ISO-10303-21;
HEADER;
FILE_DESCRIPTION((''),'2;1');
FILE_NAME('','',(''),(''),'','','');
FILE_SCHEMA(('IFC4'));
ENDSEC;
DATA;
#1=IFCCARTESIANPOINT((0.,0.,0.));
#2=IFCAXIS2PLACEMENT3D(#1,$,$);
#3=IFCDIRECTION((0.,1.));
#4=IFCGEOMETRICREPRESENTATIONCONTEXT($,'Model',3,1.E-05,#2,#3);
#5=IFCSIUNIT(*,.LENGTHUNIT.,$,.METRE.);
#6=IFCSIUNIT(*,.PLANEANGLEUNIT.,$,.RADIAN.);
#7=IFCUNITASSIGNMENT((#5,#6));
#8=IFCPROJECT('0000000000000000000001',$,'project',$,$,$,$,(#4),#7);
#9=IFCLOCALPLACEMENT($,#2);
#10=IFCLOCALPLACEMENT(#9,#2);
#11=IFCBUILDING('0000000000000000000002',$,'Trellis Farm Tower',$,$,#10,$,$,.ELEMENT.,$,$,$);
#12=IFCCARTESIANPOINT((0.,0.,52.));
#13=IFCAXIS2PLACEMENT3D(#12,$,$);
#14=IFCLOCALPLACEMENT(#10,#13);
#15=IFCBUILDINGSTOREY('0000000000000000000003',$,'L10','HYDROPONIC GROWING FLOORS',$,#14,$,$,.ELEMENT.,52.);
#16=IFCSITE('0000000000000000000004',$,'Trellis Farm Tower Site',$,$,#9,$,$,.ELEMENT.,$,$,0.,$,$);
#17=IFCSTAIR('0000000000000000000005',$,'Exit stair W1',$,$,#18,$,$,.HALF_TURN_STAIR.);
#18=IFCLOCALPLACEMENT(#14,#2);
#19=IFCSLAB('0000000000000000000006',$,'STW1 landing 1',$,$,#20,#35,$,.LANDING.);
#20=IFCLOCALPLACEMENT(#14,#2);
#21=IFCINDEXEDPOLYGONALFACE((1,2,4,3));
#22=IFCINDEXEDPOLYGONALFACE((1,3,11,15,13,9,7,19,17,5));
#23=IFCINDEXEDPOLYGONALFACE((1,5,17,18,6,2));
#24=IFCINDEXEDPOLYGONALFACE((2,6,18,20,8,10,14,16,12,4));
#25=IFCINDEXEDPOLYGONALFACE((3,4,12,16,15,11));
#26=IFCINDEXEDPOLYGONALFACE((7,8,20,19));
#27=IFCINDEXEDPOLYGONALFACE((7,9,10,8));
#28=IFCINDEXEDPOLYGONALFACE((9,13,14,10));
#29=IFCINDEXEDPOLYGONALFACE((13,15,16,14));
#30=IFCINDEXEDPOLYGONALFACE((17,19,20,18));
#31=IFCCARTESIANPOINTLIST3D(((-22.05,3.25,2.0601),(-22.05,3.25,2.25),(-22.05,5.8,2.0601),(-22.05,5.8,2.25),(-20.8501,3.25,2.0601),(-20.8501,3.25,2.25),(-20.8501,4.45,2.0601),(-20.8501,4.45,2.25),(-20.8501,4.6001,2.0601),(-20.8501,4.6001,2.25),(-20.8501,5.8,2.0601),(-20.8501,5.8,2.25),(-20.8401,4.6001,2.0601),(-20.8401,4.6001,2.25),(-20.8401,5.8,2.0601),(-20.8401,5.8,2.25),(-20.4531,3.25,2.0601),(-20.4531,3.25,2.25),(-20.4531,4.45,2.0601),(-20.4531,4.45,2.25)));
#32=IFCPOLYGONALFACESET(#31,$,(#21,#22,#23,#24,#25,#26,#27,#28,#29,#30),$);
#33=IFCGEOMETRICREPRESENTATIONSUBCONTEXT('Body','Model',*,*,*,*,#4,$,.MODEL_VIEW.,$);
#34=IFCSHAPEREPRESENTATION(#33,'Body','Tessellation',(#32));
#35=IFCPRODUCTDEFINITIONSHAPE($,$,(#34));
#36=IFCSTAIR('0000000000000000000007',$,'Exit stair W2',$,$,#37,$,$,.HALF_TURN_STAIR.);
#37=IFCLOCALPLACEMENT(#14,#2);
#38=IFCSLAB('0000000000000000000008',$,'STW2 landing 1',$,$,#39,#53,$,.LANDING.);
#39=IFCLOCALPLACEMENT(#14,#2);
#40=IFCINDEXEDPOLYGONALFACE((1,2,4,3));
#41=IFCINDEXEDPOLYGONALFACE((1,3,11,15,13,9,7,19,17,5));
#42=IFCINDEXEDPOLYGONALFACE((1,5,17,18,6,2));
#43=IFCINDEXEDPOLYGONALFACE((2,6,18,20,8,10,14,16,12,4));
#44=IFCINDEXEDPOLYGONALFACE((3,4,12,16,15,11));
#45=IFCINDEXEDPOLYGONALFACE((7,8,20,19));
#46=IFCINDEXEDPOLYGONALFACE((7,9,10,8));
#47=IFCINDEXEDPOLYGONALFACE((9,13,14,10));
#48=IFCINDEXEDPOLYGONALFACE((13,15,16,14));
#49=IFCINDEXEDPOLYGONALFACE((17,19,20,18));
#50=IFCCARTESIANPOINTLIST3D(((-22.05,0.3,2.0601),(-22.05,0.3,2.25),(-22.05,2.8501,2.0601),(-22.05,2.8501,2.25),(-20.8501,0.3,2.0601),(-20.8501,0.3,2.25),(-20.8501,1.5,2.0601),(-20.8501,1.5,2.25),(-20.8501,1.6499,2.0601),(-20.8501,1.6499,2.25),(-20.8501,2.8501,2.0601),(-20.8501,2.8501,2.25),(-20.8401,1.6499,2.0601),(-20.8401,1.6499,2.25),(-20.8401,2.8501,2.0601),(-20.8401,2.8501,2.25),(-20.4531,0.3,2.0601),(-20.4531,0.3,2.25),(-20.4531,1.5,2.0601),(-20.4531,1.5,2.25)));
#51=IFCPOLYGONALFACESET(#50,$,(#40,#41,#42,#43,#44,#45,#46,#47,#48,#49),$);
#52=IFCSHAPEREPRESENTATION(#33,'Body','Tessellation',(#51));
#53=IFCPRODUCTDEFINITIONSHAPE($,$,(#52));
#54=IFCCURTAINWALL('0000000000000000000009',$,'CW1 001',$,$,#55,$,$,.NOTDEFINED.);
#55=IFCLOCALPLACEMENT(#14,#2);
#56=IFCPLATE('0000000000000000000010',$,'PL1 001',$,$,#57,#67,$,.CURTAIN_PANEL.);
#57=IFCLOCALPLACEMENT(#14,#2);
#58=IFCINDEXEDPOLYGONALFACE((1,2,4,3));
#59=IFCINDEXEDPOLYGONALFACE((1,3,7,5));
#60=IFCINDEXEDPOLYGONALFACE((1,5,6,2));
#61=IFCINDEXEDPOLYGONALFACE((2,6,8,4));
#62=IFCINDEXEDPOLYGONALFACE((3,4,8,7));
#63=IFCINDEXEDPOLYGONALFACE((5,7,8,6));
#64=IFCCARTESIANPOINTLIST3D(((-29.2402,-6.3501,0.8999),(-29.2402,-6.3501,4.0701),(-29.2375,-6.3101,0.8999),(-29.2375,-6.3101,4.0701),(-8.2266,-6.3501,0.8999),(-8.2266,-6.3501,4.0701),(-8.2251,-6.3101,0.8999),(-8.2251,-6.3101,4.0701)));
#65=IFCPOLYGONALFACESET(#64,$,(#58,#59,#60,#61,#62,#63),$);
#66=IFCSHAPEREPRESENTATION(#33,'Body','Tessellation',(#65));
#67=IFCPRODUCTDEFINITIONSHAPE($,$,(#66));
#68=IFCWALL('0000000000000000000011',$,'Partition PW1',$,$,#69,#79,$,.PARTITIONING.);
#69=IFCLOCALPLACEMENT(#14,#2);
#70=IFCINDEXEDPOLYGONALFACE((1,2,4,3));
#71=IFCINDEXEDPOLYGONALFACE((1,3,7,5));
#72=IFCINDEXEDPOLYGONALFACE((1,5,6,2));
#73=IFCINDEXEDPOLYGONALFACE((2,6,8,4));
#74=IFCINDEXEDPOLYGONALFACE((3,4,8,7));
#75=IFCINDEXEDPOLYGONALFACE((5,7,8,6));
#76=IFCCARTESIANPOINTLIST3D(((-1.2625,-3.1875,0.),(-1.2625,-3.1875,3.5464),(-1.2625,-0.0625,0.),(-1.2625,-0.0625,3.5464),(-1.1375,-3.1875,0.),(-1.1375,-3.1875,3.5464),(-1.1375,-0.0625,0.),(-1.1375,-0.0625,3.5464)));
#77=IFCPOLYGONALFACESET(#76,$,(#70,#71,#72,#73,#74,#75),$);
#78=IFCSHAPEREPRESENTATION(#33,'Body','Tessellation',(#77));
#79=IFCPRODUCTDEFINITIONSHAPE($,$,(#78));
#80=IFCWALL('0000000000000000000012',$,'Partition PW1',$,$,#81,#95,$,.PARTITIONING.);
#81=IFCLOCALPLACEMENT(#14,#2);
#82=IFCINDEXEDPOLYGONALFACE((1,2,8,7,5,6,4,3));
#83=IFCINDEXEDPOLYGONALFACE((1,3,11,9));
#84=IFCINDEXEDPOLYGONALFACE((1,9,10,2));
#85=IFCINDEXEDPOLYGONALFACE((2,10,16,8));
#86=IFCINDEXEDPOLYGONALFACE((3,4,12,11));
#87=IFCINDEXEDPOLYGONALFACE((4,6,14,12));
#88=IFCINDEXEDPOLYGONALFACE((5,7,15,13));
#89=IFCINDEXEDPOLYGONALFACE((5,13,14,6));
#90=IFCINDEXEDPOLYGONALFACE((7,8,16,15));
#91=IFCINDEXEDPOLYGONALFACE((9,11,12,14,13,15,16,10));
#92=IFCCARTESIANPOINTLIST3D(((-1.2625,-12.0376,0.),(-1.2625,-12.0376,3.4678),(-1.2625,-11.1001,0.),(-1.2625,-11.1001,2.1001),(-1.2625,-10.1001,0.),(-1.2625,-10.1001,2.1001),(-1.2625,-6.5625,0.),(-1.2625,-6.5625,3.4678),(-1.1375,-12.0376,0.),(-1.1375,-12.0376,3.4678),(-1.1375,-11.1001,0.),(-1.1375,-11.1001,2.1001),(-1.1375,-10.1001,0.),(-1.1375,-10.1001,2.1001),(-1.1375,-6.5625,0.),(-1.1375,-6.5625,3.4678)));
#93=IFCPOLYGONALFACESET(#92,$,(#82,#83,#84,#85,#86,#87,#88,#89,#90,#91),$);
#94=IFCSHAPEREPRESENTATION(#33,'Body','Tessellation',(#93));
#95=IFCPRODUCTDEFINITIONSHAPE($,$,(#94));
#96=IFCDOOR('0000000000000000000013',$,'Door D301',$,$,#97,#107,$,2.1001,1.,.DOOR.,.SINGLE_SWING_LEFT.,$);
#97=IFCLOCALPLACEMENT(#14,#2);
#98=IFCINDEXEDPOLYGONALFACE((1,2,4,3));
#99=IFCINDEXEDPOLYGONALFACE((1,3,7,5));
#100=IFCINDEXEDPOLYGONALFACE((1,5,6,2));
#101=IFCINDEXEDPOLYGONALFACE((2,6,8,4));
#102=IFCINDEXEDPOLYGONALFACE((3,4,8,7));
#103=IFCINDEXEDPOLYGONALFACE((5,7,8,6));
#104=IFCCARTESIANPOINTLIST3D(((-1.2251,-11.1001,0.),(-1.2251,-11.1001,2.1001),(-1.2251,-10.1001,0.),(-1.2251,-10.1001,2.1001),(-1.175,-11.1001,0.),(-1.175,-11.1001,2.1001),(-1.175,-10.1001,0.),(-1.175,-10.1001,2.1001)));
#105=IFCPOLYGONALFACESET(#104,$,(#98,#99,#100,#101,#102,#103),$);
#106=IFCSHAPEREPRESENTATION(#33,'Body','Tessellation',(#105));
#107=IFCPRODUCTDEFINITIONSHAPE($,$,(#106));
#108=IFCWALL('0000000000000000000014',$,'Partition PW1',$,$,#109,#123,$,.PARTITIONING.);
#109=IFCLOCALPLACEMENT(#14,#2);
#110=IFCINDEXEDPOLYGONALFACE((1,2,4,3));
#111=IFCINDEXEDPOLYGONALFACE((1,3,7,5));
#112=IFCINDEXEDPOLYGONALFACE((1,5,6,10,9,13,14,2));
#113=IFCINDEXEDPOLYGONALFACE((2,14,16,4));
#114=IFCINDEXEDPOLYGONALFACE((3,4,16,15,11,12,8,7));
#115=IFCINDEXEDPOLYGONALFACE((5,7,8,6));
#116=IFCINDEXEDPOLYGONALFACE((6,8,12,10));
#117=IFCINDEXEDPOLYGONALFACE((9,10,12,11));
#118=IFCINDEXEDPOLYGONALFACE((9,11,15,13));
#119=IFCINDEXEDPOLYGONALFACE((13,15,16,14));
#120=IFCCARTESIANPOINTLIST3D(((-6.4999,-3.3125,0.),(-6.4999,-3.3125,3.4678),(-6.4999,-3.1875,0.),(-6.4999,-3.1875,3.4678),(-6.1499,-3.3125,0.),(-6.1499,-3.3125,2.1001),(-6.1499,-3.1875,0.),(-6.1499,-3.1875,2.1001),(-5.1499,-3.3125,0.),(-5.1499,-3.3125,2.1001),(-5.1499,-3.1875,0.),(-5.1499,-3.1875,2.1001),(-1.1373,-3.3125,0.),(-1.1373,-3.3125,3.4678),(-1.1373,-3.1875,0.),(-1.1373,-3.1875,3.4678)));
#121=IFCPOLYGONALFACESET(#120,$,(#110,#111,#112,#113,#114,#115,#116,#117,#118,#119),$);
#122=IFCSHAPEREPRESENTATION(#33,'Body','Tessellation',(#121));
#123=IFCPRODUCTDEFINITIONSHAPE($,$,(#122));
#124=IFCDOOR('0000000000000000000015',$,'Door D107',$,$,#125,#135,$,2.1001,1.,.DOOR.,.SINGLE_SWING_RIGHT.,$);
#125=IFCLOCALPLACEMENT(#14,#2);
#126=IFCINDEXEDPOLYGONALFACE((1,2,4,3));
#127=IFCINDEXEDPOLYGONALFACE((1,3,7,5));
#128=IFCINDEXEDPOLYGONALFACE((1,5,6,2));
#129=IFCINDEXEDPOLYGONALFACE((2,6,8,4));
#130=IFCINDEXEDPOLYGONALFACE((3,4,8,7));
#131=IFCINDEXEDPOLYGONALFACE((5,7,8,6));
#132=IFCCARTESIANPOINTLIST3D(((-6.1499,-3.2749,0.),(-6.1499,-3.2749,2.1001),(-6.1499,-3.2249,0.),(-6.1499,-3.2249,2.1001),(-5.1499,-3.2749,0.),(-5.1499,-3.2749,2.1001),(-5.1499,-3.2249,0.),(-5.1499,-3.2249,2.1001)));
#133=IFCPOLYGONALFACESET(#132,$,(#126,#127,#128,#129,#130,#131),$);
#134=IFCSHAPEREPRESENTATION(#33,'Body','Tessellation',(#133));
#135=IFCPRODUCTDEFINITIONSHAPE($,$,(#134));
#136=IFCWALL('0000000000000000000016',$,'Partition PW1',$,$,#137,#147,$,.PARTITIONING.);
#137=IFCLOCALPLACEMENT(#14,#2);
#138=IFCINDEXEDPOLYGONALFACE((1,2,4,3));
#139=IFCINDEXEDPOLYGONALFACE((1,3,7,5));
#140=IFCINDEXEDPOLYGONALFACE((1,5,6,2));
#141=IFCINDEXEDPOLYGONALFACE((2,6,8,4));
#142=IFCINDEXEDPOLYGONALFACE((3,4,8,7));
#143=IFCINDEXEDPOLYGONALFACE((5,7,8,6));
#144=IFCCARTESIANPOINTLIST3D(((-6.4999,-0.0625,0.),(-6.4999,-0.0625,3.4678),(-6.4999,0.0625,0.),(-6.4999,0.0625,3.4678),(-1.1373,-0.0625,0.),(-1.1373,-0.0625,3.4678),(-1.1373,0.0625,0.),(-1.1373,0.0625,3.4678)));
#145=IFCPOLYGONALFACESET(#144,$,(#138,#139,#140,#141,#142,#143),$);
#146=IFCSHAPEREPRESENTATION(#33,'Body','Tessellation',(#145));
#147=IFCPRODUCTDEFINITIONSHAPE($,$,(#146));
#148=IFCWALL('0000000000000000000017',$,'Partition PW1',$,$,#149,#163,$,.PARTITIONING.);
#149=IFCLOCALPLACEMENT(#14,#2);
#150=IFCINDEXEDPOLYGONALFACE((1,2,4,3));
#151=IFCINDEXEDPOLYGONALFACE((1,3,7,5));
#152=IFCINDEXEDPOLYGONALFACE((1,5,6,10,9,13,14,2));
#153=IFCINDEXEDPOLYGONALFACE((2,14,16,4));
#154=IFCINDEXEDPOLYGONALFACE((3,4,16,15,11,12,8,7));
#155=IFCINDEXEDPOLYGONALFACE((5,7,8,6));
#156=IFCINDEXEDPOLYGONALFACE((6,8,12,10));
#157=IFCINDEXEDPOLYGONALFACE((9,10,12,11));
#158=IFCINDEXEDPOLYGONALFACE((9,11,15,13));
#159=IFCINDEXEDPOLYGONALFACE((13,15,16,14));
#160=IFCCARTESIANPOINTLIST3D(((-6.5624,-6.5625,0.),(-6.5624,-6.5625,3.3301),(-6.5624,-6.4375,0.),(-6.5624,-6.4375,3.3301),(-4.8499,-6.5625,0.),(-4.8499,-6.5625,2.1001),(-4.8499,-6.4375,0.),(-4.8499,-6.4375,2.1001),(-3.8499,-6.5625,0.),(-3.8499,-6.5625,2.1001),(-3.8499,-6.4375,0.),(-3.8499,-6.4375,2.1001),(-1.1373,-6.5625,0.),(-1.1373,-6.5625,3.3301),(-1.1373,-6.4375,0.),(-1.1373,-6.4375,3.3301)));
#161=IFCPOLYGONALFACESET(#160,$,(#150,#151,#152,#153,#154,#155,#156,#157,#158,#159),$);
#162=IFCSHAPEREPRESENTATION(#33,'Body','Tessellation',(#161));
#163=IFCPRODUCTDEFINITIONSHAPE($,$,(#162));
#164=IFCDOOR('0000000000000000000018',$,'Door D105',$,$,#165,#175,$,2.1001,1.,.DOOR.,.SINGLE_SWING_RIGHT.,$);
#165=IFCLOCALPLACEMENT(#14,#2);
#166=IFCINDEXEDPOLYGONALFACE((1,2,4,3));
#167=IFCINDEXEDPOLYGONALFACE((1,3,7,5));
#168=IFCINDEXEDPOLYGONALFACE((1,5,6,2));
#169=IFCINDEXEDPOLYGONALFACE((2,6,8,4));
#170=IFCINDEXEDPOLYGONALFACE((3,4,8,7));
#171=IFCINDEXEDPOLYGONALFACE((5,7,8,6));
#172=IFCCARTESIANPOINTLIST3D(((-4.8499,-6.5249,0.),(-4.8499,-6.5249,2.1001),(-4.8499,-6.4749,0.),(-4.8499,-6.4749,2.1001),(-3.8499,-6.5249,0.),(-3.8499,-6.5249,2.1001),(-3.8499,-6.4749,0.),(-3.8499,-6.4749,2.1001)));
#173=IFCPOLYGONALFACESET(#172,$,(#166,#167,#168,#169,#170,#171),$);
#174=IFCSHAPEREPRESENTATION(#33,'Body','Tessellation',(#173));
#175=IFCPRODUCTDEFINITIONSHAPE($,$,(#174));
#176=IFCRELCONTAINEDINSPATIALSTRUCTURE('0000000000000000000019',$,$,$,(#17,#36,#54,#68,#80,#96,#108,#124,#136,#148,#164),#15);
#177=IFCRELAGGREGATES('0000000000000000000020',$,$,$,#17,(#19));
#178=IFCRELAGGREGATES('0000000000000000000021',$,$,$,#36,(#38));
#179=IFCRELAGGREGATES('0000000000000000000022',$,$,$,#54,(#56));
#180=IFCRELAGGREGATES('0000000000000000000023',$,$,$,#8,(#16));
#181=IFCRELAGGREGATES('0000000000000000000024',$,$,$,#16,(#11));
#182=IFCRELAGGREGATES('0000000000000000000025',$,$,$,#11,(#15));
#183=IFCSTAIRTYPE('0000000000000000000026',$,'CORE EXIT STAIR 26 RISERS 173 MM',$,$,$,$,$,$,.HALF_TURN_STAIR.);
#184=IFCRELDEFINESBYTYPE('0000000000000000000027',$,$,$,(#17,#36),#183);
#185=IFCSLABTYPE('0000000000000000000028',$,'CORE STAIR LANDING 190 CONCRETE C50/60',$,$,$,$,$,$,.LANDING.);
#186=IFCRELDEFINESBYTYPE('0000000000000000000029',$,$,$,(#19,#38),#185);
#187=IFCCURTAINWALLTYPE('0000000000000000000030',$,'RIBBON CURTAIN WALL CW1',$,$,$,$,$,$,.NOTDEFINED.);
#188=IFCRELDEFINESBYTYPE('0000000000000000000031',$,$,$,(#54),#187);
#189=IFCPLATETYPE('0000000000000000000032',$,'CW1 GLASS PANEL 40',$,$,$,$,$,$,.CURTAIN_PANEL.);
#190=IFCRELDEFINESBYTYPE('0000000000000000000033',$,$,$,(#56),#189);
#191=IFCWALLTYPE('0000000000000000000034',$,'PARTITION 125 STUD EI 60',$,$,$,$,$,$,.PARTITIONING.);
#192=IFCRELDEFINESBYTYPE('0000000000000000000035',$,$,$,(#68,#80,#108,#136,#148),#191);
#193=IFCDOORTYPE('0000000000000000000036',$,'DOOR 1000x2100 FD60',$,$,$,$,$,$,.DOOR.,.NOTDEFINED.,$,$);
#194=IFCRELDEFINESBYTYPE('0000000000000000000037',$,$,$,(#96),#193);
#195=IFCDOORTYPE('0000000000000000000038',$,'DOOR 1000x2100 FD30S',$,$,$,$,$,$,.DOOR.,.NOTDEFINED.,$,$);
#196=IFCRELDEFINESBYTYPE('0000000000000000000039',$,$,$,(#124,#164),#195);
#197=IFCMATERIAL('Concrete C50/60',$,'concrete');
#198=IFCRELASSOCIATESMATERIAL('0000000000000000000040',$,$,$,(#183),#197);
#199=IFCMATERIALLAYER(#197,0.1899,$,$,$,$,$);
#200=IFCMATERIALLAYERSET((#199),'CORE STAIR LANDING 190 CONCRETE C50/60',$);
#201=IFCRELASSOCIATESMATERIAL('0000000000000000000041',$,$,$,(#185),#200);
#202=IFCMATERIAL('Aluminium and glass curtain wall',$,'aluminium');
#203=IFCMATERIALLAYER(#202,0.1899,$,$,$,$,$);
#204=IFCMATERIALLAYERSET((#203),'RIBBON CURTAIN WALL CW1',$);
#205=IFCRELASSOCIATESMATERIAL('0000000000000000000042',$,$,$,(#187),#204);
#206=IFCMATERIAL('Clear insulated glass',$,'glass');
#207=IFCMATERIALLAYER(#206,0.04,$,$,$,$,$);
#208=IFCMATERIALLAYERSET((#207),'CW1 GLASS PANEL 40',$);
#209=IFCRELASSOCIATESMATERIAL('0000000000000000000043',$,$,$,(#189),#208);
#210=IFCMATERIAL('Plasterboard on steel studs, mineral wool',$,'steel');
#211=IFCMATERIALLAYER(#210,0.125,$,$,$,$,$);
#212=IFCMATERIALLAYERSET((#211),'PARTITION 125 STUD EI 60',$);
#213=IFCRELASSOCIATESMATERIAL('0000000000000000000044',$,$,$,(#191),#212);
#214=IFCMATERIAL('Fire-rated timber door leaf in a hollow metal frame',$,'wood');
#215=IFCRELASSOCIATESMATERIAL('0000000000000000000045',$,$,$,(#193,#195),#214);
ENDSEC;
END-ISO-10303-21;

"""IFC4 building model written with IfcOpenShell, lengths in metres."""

from ifc_helpers import new_model, si_unit, direction, frame, frame_2d, origin, place, context, subcontext, project, spatial, polyline, rectangle, outline, extrude, source, transform, mapped, material, layer, layer_set, type_object, element, fill, aggregate, save


model = new_model("IFC4")

# Units and contexts
model_context = context("Model", 3, precision=1e-05, world=origin(), true_north=direction((0.0, 1.0)))
body_context = subcontext(model_context, "Body", "Model", "MODEL_VIEW")
ifc_project = project(units=[si_unit("LENGTHUNIT", "METRE"), si_unit("PLANEANGLEUNIT", "RADIAN")], contexts=[model_context])

# Site, building, storey
site_placement = place(None, origin())
site = spatial("IfcSite", under=ifc_project, at=site_placement, Name="Trellis Farm Tower Site", CompositionType="ELEMENT", RefElevation=0.0)
building_placement = place(site_placement, origin())
building = spatial("IfcBuilding", under=site, at=building_placement, Name="Trellis Farm Tower", CompositionType="ELEMENT")
storey_placement = place(building_placement, frame((0.0, 0.0, 52.0)))
storey = spatial("IfcBuildingStorey", under=building, at=storey_placement, Name="L10", Description="HYDROPONIC GROWING FLOORS", CompositionType="ELEMENT", Elevation=52.0)

# Stairs, slabs
ifc_material_1 = material(Name="Concrete C50/60", Category="concrete")
stair_type = type_object("IfcStairType", Name="CORE EXIT STAIR 26 RISERS 173 MM", PredefinedType="HALF_TURN_STAIR", material=ifc_material_1)
placement_1 = place(storey_placement, origin())
ifc_layer_1 = layer(ifc_material_1, 0.1899)
ifc_layer_set_1 = layer_set([ifc_layer_1], Name="CORE STAIR LANDING 190 CONCRETE C50/60")
slab_type_1 = type_object("IfcSlabType", Name="CORE STAIR LANDING 190 CONCRETE C50/60", PredefinedType="LANDING", material=ifc_layer_set_1)
placement_2 = place(storey_placement, frame((0.0, 0.0, 2.0601)))
stair_1 = element("IfcStair", 1, at=placement_1, inside=storey, type_object=stair_type, Name="Exit stair W1", PredefinedType="HALF_TURN_STAIR")
shared_shape_1 = source(origin(), body_context, "Body", "SweptSolid", [
    extrude(outline(polyline([(-20.4531, 4.45), (-20.4531, 3.25), (-20.8501, 3.25), (-22.05, 3.25), (-22.05, 5.8), (-20.8501, 5.8), (-20.8401, 5.8), (-20.8401, 4.6001), (-20.8501, 4.6001), (-20.8501, 4.45), (-20.4531, 4.45)])), origin(), (0.0, 0.0, 1.0), 0.1899),
])
slab_1 = element("IfcSlab", 2, at=placement_2, type_object=slab_type_1, Name="STW1 landing 1", PredefinedType="LANDING", context=body_context, shape_type="MappedRepresentation", body=[
    mapped(shared_shape_1, transform((0.0, 0.0, 0.0))),
])
aggregate(stair_1, [slab_1])
stair_2 = element("IfcStair", 3, at=placement_1, inside=storey, type_object=stair_type, Name="Exit stair W2", PredefinedType="HALF_TURN_STAIR")
shared_shape_2 = source(origin(), body_context, "Body", "SweptSolid", [
    extrude(outline(polyline([(-20.4531, 1.5), (-20.4531, 0.3), (-20.8501, 0.3), (-22.05, 0.3), (-22.05, 2.8501), (-20.8501, 2.8501), (-20.8401, 2.8501), (-20.8401, 1.6499), (-20.8501, 1.6499), (-20.8501, 1.5), (-20.4531, 1.5)])), origin(), (0.0, 0.0, 1.0), 0.1899),
])
slab_2 = element("IfcSlab", 4, at=placement_2, type_object=slab_type_1, Name="STW2 landing 1", PredefinedType="LANDING", context=body_context, shape_type="MappedRepresentation", body=[
    mapped(shared_shape_2, transform((0.0, 0.0, 0.0))),
])
aggregate(stair_2, [slab_2])

# Curtain wall, plate
ifc_material_2 = material(Name="Aluminium and glass curtain wall", Category="aluminium")
ifc_layer_2 = layer(ifc_material_2, 0.1899)
ifc_layer_set_2 = layer_set([ifc_layer_2], Name="RIBBON CURTAIN WALL CW1")
curtain_wall_type = type_object("IfcCurtainWallType", Name="RIBBON CURTAIN WALL CW1", PredefinedType="NOTDEFINED", material=ifc_layer_set_2)
curtain_wall = element("IfcCurtainWall", 5, at=placement_1, inside=storey, type_object=curtain_wall_type, Name="CW1 001", PredefinedType="NOTDEFINED")
ifc_material_3 = material(Name="Clear insulated glass", Category="glass")
ifc_layer_3 = layer(ifc_material_3, 0.04)
ifc_layer_set_3 = layer_set([ifc_layer_3], Name="CW1 GLASS PANEL 40")
plate_type = type_object("IfcPlateType", Name="CW1 GLASS PANEL 40", PredefinedType="CURTAIN_PANEL", material=ifc_layer_set_3)
shared_shape_3 = source(origin(), body_context, "Body", "SweptSolid", [
    extrude(outline(polyline([(-29.2402, -6.3501), (-8.2266, -6.3501), (-8.2251, -6.3101), (-29.2375, -6.3101), (-29.2402, -6.3501)])), origin(), (0.0, 0.0, 1.0), 3.1702),
])
plate_placement = place(storey_placement, frame((0.0, 0.0, 0.8999)))
plate = element("IfcPlate", 6, at=plate_placement, type_object=plate_type, Name="PL1 001", PredefinedType="CURTAIN_PANEL", context=body_context, shape_type="MappedRepresentation", body=[
    mapped(shared_shape_3, transform((0.0, 0.0, 0.0))),
])
aggregate(curtain_wall, [plate])

# Wall
ifc_material_4 = material(Name="Plasterboard on steel studs, mineral wool", Category="steel")
ifc_layer_4 = layer(ifc_material_4, 0.125)
ifc_layer_set_4 = layer_set([ifc_layer_4], Name="PARTITION 125 STUD EI 60")
wall_type = type_object("IfcWallType", Name="PARTITION 125 STUD EI 60", PredefinedType="PARTITIONING", material=ifc_layer_set_4)
shared_shape_4 = source(origin(), body_context, "Body", "SweptSolid", [
    extrude(rectangle(XDim=3.125, YDim=0.125, at=frame_2d((1.5625, 0.0))), origin(), (0.0, 0.0, 1.0), 3.5464),
])
wall_1_placement = place(storey_placement, frame((-1.2, -0.0625, 0.0), z_axis=(0.0, 0.0, 1.0), x_axis=(0.0, -1.0, 0.0)))
element("IfcWall", 7, at=wall_1_placement, inside=storey, type_object=wall_type, Name="Partition PW1", PredefinedType="PARTITIONING", context=body_context, shape_type="MappedRepresentation", body=[
    mapped(shared_shape_4, transform((0.0, 0.0, 0.0))),
])

# Walls, openings, doors
shared_shape_5 = source(origin(), body_context, "Body", "SweptSolid", [
    extrude(rectangle(XDim=5.4751, YDim=0.125, at=frame_2d((2.7375, 0.0))), origin(), (0.0, 0.0, 1.0), 3.4678),
])
wall_2_placement = place(storey_placement, frame((-1.2, -6.5625, 0.0), z_axis=(0.0, 0.0, 1.0), x_axis=(0.0, -1.0, 0.0)))
wall_2 = element("IfcWall", 8, at=wall_2_placement, inside=storey, type_object=wall_type, Name="Partition PW1", PredefinedType="PARTITIONING", context=body_context, shape_type="MappedRepresentation", body=[
    mapped(shared_shape_5, transform((0.0, 0.0, 0.0))),
])
shared_shape_6 = source(origin(), body_context, "Body", "SweptSolid", [
    extrude(rectangle(XDim=1.0, YDim=2.1001, at=frame_2d((0.5, 1.05))), frame((0.0, 0.0725, 0.0), z_axis=(0.0, -1.0, 0.0), x_axis=(1.0, 0.0, 0.0)), (0.0, 0.0, 1.0), 0.145),
])
opening_1_placement = place(wall_2_placement, frame((3.5376, 0.0, 0.0)))
opening_1 = element("IfcOpeningElement", 9, at=opening_1_placement, cuts=wall_2, PredefinedType="OPENING", context=body_context, shape_type="MappedRepresentation", body=[
    mapped(shared_shape_6, transform((0.0, 0.0, 0.0))),
])
ifc_material_5 = material(Name="Fire-rated timber door leaf in a hollow metal frame", Category="wood")
door_type_1 = type_object("IfcDoorType", Name="DOOR 1000x2100 FD60", OperationType="NOTDEFINED", PredefinedType="DOOR", material=ifc_material_5)
shared_shape_7 = source(origin(), body_context, "Body", "SweptSolid", [
    extrude(rectangle(XDim=1.0, YDim=2.1001, at=frame_2d((0.5, 1.05))), frame((0.0, 0.0249, 0.0), z_axis=(0.0, -1.0, 0.0), x_axis=(1.0, 0.0, 0.0)), (0.0, 0.0, 1.0), 0.05),
])
door_1_placement = place(opening_1_placement, origin())
door_1 = element("IfcDoor", 10, at=door_1_placement, inside=storey, type_object=door_type_1, Name="Door D301", OperationType="SINGLE_SWING_LEFT", OverallHeight=2.1001, OverallWidth=1.0, PredefinedType="DOOR", context=body_context, shape_type="MappedRepresentation", body=[
    mapped(shared_shape_7, transform((0.0, 0.0, 0.0))),
])
fill(opening_1, door_1)
shared_shape_8 = source(origin(), body_context, "Body", "SweptSolid", [
    extrude(rectangle(XDim=5.3625, YDim=0.125, at=frame_2d((2.6812, 0.0))), origin(), (0.0, 0.0, 1.0), 3.4678),
])
wall_3_placement = place(storey_placement, frame((-1.1375, -3.25, 0.0), z_axis=(0.0, 0.0, 1.0), x_axis=(-1.0, 0.0, 0.0)))
wall_3 = element("IfcWall", 11, at=wall_3_placement, inside=storey, type_object=wall_type, Name="Partition PW1", PredefinedType="PARTITIONING", context=body_context, shape_type="MappedRepresentation", body=[
    mapped(shared_shape_8, transform((0.0, 0.0, 0.0))),
])
opening_2_placement = place(wall_3_placement, frame((4.0125, 0.0, 0.0)))
opening_2 = element("IfcOpeningElement", 12, at=opening_2_placement, cuts=wall_3, PredefinedType="OPENING", context=body_context, shape_type="MappedRepresentation", body=[
    mapped(shared_shape_6, transform((0.0, 0.0, 0.0))),
])
door_type_2 = type_object("IfcDoorType", Name="DOOR 1000x2100 FD30S", OperationType="NOTDEFINED", PredefinedType="DOOR", material=ifc_material_5)
door_2_placement = place(opening_2_placement, origin())
door_2 = element("IfcDoor", 13, at=door_2_placement, inside=storey, type_object=door_type_2, Name="Door D107", OperationType="SINGLE_SWING_RIGHT", OverallHeight=2.1001, OverallWidth=1.0, PredefinedType="DOOR", context=body_context, shape_type="MappedRepresentation", body=[
    mapped(shared_shape_7, transform((0.0, 0.0, 0.0))),
])
fill(opening_2, door_2)

# Wall
wall_4_placement = place(storey_placement, frame((-1.1375, 0.0, 0.0), z_axis=(0.0, 0.0, 1.0), x_axis=(-1.0, 0.0, 0.0)))
element("IfcWall", 14, at=wall_4_placement, inside=storey, type_object=wall_type, Name="Partition PW1", PredefinedType="PARTITIONING", context=body_context, shape_type="MappedRepresentation", body=[
    mapped(shared_shape_8, transform((0.0, 0.0, 0.0))),
])

# Wall, opening, door
shared_shape_9 = source(origin(), body_context, "Body", "SweptSolid", [
    extrude(rectangle(XDim=5.425, YDim=0.125, at=frame_2d((2.7124, 0.0))), origin(), (0.0, 0.0, 1.0), 3.3301),
])
wall_5_placement = place(storey_placement, frame((-1.1375, -6.5, 0.0), z_axis=(0.0, 0.0, 1.0), x_axis=(-1.0, 0.0, 0.0)))
wall_5 = element("IfcWall", 15, at=wall_5_placement, inside=storey, type_object=wall_type, Name="Partition PW1", PredefinedType="PARTITIONING", context=body_context, shape_type="MappedRepresentation", body=[
    mapped(shared_shape_9, transform((0.0, 0.0, 0.0))),
])
opening_3_placement = place(wall_5_placement, frame((2.7124, 0.0, 0.0)))
opening_3 = element("IfcOpeningElement", 16, at=opening_3_placement, cuts=wall_5, PredefinedType="OPENING", context=body_context, shape_type="MappedRepresentation", body=[
    mapped(shared_shape_6, transform((0.0, 0.0, 0.0))),
])
door_3_placement = place(opening_3_placement, origin())
door_3 = element("IfcDoor", 17, at=door_3_placement, inside=storey, type_object=door_type_2, Name="Door D105", OperationType="SINGLE_SWING_RIGHT", OverallHeight=2.1001, OverallWidth=1.0, PredefinedType="DOOR", context=body_context, shape_type="MappedRepresentation", body=[
    mapped(shared_shape_7, transform((0.0, 0.0, 0.0))),
])
fill(opening_3, door_3)

save(model, "model.ifc")
